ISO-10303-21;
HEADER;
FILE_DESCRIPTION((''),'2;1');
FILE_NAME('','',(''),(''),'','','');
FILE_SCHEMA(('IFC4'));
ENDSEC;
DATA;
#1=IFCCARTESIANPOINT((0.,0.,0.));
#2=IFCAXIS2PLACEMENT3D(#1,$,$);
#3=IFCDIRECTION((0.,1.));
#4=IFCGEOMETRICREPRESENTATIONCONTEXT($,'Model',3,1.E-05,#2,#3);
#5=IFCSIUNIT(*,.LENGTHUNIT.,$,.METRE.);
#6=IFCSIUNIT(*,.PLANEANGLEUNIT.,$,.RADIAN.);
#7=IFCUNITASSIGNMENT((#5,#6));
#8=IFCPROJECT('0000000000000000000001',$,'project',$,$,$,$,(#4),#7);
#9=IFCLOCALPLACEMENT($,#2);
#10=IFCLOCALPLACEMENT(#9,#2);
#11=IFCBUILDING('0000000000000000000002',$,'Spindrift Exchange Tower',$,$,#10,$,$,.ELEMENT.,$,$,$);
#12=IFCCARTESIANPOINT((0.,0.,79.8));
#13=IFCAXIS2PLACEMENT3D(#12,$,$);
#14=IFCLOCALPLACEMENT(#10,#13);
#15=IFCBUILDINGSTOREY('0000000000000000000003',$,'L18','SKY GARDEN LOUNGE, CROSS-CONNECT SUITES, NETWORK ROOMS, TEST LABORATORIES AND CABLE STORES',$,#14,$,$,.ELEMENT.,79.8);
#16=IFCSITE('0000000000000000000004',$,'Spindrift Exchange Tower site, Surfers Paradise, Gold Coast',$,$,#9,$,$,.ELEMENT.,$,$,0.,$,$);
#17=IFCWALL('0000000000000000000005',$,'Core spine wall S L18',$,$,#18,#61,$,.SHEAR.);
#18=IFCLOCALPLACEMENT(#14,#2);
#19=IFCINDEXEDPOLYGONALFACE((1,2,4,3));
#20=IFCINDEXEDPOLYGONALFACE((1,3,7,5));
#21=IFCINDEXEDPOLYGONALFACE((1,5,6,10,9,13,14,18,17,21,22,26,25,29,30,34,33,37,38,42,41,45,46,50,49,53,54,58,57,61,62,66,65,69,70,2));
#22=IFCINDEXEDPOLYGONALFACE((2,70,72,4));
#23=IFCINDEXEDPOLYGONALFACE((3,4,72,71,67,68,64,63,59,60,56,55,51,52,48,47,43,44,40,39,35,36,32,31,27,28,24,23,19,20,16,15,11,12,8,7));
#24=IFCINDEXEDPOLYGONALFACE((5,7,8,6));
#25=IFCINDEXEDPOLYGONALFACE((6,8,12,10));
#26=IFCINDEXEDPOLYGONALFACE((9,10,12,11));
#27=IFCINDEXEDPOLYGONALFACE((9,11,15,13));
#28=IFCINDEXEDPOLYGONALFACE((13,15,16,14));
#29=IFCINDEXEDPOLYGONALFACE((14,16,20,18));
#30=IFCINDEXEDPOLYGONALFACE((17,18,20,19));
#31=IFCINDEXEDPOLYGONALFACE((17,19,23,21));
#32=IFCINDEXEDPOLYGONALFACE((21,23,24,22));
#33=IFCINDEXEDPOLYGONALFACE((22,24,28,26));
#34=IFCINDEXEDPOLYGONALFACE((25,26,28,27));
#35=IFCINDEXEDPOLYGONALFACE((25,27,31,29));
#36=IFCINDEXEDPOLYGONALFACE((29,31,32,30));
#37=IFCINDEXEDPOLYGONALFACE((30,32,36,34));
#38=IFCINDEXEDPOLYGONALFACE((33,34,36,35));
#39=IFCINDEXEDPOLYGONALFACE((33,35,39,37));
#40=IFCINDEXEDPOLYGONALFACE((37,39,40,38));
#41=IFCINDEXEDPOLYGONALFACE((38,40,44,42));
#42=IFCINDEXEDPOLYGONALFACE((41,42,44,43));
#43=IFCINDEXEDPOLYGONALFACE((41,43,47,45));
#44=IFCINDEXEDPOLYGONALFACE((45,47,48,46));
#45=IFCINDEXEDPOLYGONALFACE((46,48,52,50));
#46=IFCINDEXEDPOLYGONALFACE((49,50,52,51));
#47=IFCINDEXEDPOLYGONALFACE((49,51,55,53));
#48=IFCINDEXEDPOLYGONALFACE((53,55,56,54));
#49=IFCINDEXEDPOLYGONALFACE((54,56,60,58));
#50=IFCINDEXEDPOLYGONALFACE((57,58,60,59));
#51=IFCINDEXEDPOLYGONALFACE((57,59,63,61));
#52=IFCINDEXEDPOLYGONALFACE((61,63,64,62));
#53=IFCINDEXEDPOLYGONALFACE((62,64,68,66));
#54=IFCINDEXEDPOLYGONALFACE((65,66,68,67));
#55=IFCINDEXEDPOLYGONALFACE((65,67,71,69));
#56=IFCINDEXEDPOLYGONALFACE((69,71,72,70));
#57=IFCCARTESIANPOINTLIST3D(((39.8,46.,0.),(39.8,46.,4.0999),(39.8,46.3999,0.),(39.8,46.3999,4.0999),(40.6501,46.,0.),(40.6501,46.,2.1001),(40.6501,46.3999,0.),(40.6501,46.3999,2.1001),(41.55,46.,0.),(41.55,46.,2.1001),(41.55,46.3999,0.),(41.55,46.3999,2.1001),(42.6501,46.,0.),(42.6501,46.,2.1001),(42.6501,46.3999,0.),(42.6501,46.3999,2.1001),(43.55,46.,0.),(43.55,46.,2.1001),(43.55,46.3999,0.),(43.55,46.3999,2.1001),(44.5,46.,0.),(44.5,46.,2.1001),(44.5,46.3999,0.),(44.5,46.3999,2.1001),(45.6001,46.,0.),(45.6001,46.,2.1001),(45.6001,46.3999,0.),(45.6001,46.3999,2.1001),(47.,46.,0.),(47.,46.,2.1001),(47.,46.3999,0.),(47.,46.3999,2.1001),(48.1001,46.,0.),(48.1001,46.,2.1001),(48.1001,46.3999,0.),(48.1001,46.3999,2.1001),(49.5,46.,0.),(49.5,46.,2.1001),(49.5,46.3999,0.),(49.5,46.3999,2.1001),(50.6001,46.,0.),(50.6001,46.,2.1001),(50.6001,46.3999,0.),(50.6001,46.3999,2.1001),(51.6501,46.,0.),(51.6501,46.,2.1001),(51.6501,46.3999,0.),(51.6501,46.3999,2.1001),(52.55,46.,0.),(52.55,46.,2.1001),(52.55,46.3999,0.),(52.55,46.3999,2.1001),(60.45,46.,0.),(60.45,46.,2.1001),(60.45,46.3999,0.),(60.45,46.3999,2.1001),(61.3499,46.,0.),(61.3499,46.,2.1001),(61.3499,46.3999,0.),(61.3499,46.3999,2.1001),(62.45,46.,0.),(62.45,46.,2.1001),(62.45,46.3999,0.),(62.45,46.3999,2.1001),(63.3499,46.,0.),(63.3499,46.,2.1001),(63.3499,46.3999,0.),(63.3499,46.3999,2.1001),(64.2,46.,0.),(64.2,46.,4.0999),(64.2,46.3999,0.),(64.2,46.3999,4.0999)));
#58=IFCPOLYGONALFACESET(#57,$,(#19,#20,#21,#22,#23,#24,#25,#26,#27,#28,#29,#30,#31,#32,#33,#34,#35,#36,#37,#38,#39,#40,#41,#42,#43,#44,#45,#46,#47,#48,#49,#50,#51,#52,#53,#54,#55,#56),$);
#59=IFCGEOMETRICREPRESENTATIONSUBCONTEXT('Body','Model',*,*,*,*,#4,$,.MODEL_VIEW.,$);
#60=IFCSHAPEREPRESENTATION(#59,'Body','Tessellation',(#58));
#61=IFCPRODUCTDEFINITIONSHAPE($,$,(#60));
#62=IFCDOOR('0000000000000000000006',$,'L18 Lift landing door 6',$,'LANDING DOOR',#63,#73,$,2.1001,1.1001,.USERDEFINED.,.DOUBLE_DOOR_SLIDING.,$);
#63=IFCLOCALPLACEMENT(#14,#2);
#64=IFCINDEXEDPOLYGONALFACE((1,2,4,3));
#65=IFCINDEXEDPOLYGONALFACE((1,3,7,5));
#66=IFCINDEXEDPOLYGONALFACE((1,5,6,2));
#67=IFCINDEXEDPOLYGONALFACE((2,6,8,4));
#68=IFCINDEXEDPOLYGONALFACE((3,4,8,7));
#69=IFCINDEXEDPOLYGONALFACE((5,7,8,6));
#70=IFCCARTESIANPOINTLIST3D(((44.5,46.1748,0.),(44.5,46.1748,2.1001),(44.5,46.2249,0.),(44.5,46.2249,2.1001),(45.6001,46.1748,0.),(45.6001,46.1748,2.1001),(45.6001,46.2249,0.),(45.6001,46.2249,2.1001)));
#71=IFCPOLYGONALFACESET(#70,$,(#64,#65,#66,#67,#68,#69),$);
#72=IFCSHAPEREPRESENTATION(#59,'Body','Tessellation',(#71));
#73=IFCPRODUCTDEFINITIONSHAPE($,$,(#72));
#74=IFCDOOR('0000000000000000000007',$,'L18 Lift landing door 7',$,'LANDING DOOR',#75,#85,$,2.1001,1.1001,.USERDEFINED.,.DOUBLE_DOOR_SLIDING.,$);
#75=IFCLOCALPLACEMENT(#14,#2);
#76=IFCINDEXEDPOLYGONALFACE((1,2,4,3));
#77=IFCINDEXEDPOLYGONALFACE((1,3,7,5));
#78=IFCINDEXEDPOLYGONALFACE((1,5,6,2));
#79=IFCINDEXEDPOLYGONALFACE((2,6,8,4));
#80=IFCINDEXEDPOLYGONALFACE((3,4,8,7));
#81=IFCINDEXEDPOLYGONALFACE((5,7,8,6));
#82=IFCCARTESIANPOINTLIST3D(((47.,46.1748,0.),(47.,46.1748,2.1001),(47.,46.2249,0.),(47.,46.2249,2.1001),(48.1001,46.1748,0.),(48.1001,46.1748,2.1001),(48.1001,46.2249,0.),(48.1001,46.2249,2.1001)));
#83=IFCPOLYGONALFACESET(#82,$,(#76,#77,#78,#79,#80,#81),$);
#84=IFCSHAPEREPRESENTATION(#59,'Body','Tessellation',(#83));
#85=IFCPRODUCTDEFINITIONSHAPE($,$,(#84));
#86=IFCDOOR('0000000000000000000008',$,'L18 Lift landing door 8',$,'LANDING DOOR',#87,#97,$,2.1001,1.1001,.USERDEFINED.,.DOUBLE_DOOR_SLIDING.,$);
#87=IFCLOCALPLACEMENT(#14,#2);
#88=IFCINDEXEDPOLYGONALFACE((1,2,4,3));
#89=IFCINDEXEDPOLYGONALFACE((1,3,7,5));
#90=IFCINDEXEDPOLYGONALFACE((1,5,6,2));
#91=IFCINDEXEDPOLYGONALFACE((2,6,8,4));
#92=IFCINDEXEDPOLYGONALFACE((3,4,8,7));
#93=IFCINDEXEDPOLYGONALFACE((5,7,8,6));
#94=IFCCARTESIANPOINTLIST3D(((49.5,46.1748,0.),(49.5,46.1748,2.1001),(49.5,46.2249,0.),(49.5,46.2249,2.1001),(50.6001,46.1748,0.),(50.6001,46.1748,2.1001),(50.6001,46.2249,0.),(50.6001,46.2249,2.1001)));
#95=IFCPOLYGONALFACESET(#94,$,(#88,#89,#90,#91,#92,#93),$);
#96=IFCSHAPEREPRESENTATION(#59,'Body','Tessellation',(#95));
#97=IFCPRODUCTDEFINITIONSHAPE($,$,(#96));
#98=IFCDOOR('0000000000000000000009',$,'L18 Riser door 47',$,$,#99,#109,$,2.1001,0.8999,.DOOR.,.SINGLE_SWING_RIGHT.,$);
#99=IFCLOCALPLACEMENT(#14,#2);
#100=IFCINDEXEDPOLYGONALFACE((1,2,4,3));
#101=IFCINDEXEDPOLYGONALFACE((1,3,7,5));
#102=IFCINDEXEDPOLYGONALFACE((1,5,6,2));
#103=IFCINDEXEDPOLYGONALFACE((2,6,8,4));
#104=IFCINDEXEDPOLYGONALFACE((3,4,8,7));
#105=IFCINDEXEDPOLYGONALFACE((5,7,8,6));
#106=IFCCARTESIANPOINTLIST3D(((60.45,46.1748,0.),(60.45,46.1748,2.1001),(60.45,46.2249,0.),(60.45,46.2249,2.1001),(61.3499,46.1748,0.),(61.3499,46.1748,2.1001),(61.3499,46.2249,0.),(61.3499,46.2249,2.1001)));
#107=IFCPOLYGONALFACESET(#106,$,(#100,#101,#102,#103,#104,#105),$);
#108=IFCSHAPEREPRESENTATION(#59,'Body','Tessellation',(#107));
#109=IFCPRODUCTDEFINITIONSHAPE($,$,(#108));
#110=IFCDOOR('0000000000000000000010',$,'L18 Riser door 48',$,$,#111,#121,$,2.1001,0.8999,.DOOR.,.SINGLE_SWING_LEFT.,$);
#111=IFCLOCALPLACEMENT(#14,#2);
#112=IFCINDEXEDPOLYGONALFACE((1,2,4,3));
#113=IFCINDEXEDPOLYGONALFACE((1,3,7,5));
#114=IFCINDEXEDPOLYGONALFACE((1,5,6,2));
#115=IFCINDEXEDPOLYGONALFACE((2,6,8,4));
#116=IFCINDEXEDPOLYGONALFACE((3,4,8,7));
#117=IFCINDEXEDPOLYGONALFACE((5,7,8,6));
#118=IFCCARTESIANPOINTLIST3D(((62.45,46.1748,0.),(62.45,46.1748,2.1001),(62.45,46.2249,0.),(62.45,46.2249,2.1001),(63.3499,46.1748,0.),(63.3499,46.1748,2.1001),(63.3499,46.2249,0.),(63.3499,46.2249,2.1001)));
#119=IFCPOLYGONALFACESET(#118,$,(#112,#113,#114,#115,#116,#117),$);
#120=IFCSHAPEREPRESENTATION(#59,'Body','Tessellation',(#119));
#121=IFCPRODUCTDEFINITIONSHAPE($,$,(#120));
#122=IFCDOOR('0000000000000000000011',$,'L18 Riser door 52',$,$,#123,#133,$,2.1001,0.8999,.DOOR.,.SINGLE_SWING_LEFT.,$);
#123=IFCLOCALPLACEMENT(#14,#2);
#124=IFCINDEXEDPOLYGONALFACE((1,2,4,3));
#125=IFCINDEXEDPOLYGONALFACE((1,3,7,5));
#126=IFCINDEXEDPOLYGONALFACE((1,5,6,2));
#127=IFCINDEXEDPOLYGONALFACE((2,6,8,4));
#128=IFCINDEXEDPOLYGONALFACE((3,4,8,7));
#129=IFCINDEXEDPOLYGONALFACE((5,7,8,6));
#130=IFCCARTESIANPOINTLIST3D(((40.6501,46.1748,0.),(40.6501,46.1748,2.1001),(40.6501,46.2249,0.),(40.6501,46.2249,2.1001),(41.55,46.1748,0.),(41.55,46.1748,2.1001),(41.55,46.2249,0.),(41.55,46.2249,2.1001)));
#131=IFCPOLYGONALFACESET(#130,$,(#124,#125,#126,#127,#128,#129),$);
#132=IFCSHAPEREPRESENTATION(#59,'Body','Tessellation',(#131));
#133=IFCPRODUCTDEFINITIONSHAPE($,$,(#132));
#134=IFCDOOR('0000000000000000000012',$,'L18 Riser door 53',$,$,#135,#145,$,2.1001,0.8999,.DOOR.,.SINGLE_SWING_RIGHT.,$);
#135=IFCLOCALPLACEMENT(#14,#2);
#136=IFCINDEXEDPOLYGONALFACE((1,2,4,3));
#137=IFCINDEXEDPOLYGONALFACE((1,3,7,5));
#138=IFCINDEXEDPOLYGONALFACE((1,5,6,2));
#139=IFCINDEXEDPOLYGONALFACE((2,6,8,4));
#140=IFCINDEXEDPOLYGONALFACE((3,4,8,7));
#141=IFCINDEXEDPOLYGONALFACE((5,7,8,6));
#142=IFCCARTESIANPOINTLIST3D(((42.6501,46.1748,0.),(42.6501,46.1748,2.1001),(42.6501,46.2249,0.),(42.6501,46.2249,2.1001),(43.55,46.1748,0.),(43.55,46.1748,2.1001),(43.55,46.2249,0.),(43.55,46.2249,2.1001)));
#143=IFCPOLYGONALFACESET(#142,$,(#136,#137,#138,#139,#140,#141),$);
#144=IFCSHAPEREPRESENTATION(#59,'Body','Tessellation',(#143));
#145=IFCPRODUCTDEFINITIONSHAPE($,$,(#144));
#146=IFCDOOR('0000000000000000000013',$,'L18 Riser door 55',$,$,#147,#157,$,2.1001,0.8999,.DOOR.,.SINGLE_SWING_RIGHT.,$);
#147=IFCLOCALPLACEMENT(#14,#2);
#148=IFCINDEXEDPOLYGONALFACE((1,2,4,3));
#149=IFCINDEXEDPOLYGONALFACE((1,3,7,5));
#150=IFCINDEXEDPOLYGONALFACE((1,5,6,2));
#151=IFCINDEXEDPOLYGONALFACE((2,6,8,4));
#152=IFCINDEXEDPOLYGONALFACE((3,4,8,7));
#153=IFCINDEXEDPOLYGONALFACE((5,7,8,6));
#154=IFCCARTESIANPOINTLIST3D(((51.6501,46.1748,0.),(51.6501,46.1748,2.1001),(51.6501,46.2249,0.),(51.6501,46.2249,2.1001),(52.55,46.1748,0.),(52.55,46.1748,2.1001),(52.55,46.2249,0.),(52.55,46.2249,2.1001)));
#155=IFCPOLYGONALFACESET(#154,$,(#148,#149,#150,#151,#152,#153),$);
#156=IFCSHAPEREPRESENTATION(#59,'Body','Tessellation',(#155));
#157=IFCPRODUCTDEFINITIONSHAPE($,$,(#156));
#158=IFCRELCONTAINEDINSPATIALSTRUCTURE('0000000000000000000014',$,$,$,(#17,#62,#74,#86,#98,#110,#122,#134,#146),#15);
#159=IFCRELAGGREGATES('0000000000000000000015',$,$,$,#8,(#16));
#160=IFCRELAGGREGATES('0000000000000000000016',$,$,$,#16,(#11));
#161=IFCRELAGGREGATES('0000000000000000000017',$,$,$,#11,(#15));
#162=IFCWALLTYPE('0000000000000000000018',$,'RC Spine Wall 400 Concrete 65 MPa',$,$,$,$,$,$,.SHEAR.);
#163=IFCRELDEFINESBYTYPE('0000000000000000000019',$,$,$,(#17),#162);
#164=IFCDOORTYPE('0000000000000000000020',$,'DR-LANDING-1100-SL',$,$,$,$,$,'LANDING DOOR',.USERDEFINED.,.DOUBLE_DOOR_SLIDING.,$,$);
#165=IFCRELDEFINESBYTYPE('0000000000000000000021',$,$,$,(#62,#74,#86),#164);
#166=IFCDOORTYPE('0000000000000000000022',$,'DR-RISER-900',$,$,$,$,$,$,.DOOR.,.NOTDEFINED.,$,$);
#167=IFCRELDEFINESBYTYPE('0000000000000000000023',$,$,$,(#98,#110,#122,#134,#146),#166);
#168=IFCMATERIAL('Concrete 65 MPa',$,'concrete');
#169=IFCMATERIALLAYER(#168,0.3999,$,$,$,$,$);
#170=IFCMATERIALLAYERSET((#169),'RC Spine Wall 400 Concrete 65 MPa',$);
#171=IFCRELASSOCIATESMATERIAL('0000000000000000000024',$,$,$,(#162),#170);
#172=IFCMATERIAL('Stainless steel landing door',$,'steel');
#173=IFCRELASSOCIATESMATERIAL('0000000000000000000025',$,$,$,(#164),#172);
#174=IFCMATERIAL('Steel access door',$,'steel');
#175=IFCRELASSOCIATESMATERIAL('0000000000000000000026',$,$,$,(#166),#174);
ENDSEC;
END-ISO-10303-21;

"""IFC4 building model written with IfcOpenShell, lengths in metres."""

from ifc_helpers import new_model, si_unit, direction, frame, frame_2d, origin, place, context, subcontext, project, spatial, rectangle, extrude, source, transform, mapped, material, layer, layer_set, type_object, element, fill, save


model = new_model("IFC4")

# Units and contexts
model_context = context("Model", 3, precision=1e-05, world=origin(), true_north=direction((0.0, 1.0)))
body_context = subcontext(model_context, "Body", "Model", "MODEL_VIEW")
ifc_project = project(units=[si_unit("LENGTHUNIT", "METRE"), si_unit("PLANEANGLEUNIT", "RADIAN")], contexts=[model_context])

# Site, building, storey
site_placement = place(None, origin())
site = spatial("IfcSite", under=ifc_project, at=site_placement, Name="Spindrift Exchange Tower site, Surfers Paradise, Gold Coast", CompositionType="ELEMENT", RefElevation=0.0)
building_placement = place(site_placement, origin())
building = spatial("IfcBuilding", under=site, at=building_placement, Name="Spindrift Exchange Tower", CompositionType="ELEMENT")
storey_placement = place(building_placement, frame((0.0, 0.0, 79.8)))
storey = spatial("IfcBuildingStorey", under=building, at=storey_placement, Name="L18", Description="SKY GARDEN LOUNGE, CROSS-CONNECT SUITES, NETWORK ROOMS, TEST LABORATORIES AND CABLE STORES", CompositionType="ELEMENT", Elevation=79.8)

# Shared definitions
ifc_material_1 = material(Name="Concrete 65 MPa", Category="concrete")

# Wall, openings, doors
ifc_layer_1 = layer(ifc_material_1, 0.3999)
ifc_layer_set_1 = layer_set([ifc_layer_1], Name="RC Spine Wall 400 Concrete 65 MPa")
wall_type_1 = type_object("IfcWallType", Name="RC Spine Wall 400 Concrete 65 MPa", PredefinedType="SHEAR", material=ifc_layer_set_1)
wall_1_placement = place(storey_placement, frame((39.8, 46.2, 0.0), z_axis=(0.0, 0.0, 1.0), x_axis=(1.0, 0.0, 0.0)))
wall_1 = element("IfcWall", 1, at=wall_1_placement, inside=storey, type_object=wall_type_1, Name="Core spine wall S L18", PredefinedType="SHEAR", context=body_context, shape_type="SweptSolid", body=[
    extrude(rectangle(XDim=24.3999, YDim=0.3999, at=frame_2d((12.2, 0.0))), origin(), (0.0, 0.0, 1.0), 4.0999),
])
opening_1_placement = place(wall_1_placement, frame((4.7, 0.0, 0.0)))
opening_1 = element("IfcOpeningElement", 2, at=opening_1_placement, cuts=wall_1, PredefinedType="OPENING", context=body_context, shape_type="SweptSolid", body=[
    extrude(rectangle(XDim=1.1001, YDim=2.1001, at=frame_2d((0.55, 1.05))), frame((0.0, 0.21, 0.0), z_axis=(0.0, -1.0, 0.0), x_axis=(1.0, 0.0, 0.0)), (0.0, 0.0, 1.0), 0.4199),
])
opening_2_placement = place(wall_1_placement, frame((7.2, 0.0, 0.0)))
opening_2 = element("IfcOpeningElement", 3, at=opening_2_placement, cuts=wall_1, PredefinedType="OPENING", context=body_context, shape_type="SweptSolid", body=[
    extrude(rectangle(XDim=1.1001, YDim=2.1001, at=frame_2d((0.55, 1.05))), frame((0.0, 0.21, 0.0), z_axis=(0.0, -1.0, 0.0), x_axis=(1.0, 0.0, 0.0)), (0.0, 0.0, 1.0), 0.4199),
])
opening_3_placement = place(wall_1_placement, frame((9.7, 0.0, 0.0)))
opening_3 = element("IfcOpeningElement", 4, at=opening_3_placement, cuts=wall_1, PredefinedType="OPENING", context=body_context, shape_type="SweptSolid", body=[
    extrude(rectangle(XDim=1.1001, YDim=2.1001, at=frame_2d((0.55, 1.05))), frame((0.0, 0.21, 0.0), z_axis=(0.0, -1.0, 0.0), x_axis=(1.0, 0.0, 0.0)), (0.0, 0.0, 1.0), 0.4199),
])
opening_4_placement = place(wall_1_placement, frame((20.6499, 0.0, 0.0)))
opening_4 = element("IfcOpeningElement", 5, at=opening_4_placement, cuts=wall_1, PredefinedType="OPENING", context=body_context, shape_type="SweptSolid", body=[
    extrude(rectangle(XDim=0.8999, YDim=2.1001, at=frame_2d((0.45, 1.05))), frame((0.0, 0.21, 0.0), z_axis=(0.0, -1.0, 0.0), x_axis=(1.0, 0.0, 0.0)), (0.0, 0.0, 1.0), 0.4199),
])
opening_5_placement = place(wall_1_placement, frame((22.6499, 0.0, 0.0)))
opening_5 = element("IfcOpeningElement", 6, at=opening_5_placement, cuts=wall_1, PredefinedType="OPENING", context=body_context, shape_type="SweptSolid", body=[
    extrude(rectangle(XDim=0.8999, YDim=2.1001, at=frame_2d((0.45, 1.05))), frame((0.0, 0.21, 0.0), z_axis=(0.0, -1.0, 0.0), x_axis=(1.0, 0.0, 0.0)), (0.0, 0.0, 1.0), 0.4199),
])
opening_6_placement = place(wall_1_placement, frame((0.8501, 0.0, 0.0)))
opening_6 = element("IfcOpeningElement", 7, at=opening_6_placement, cuts=wall_1, PredefinedType="OPENING", context=body_context, shape_type="SweptSolid", body=[
    extrude(rectangle(XDim=0.8999, YDim=2.1001, at=frame_2d((0.45, 1.05))), frame((0.0, 0.21, 0.0), z_axis=(0.0, -1.0, 0.0), x_axis=(1.0, 0.0, 0.0)), (0.0, 0.0, 1.0), 0.4199),
])
opening_7_placement = place(wall_1_placement, frame((2.8501, 0.0, 0.0)))
opening_7 = element("IfcOpeningElement", 8, at=opening_7_placement, cuts=wall_1, PredefinedType="OPENING", context=body_context, shape_type="SweptSolid", body=[
    extrude(rectangle(XDim=0.8999, YDim=2.1001, at=frame_2d((0.45, 1.05))), frame((0.0, 0.21, 0.0), z_axis=(0.0, -1.0, 0.0), x_axis=(1.0, 0.0, 0.0)), (0.0, 0.0, 1.0), 0.4199),
])
opening_8_placement = place(wall_1_placement, frame((11.8501, 0.0, 0.0)))
opening_8 = element("IfcOpeningElement", 9, at=opening_8_placement, cuts=wall_1, PredefinedType="OPENING", context=body_context, shape_type="SweptSolid", body=[
    extrude(rectangle(XDim=0.8999, YDim=2.1001, at=frame_2d((0.45, 1.05))), frame((0.0, 0.21, 0.0), z_axis=(0.0, -1.0, 0.0), x_axis=(1.0, 0.0, 0.0)), (0.0, 0.0, 1.0), 0.4199),
])
ifc_material_2 = material(Name="Stainless steel landing door", Category="steel")
door_type_1 = type_object("IfcDoorType", Name="DR-LANDING-1100-SL", ElementType="LANDING DOOR", OperationType="DOUBLE_DOOR_SLIDING", PredefinedType="USERDEFINED", material=ifc_material_2)
shared_shape_1 = source(origin(), body_context, "Body", "SweptSolid", [
    extrude(rectangle(XDim=1.1001, YDim=2.1001, at=frame_2d((0.55, 1.05))), frame((0.0, 0.0249, 0.0), z_axis=(0.0, -1.0, 0.0), x_axis=(1.0, 0.0, 0.0)), (0.0, 0.0, 1.0), 0.05),
])
door_1_placement = place(opening_1_placement, origin())
door_1 = element("IfcDoor", 10, at=door_1_placement, inside=storey, type_object=door_type_1, Name="L18 Lift landing door 6", ObjectType="LANDING DOOR", OperationType="DOUBLE_DOOR_SLIDING", OverallHeight=2.1001, OverallWidth=1.1001, PredefinedType="USERDEFINED", context=body_context, shape_type="MappedRepresentation", body=[
    mapped(shared_shape_1, transform((0.0, 0.0, 0.0), scale=1.0)),
])
fill(opening_1, door_1)
door_2_placement = place(opening_2_placement, origin())
door_2 = element("IfcDoor", 11, at=door_2_placement, inside=storey, type_object=door_type_1, Name="L18 Lift landing door 7", ObjectType="LANDING DOOR", OperationType="DOUBLE_DOOR_SLIDING", OverallHeight=2.1001, OverallWidth=1.1001, PredefinedType="USERDEFINED", context=body_context, shape_type="MappedRepresentation", body=[
    mapped(shared_shape_1, transform((0.0, 0.0, 0.0), scale=1.0)),
])
fill(opening_2, door_2)
door_3_placement = place(opening_3_placement, origin())
door_3 = element("IfcDoor", 12, at=door_3_placement, inside=storey, type_object=door_type_1, Name="L18 Lift landing door 8", ObjectType="LANDING DOOR", OperationType="DOUBLE_DOOR_SLIDING", OverallHeight=2.1001, OverallWidth=1.1001, PredefinedType="USERDEFINED", context=body_context, shape_type="MappedRepresentation", body=[
    mapped(shared_shape_1, transform((0.0, 0.0, 0.0), scale=1.0)),
])
fill(opening_3, door_3)
ifc_material_3 = material(Name="Steel access door", Category="steel")
door_type_2 = type_object("IfcDoorType", Name="DR-RISER-900", OperationType="NOTDEFINED", PredefinedType="DOOR", material=ifc_material_3)
shared_shape_2 = source(origin(), body_context, "Body", "SweptSolid", [
    extrude(rectangle(XDim=0.8999, YDim=2.1001, at=frame_2d((0.45, 1.05))), frame((0.0, 0.0249, 0.0), z_axis=(0.0, -1.0, 0.0), x_axis=(1.0, 0.0, 0.0)), (0.0, 0.0, 1.0), 0.05),
])
door_4_placement = place(opening_4_placement, origin())
door_4 = element("IfcDoor", 13, at=door_4_placement, inside=storey, type_object=door_type_2, Name="L18 Riser door 47", OperationType="SINGLE_SWING_RIGHT", OverallHeight=2.1001, OverallWidth=0.8999, PredefinedType="DOOR", context=body_context, shape_type="MappedRepresentation", body=[
    mapped(shared_shape_2, transform((0.0, 0.0, 0.0), scale=1.0)),
])
fill(opening_4, door_4)
door_5_placement = place(opening_5_placement, origin())
door_5 = element("IfcDoor", 14, at=door_5_placement, inside=storey, type_object=door_type_2, Name="L18 Riser door 48", OperationType="SINGLE_SWING_LEFT", OverallHeight=2.1001, OverallWidth=0.8999, PredefinedType="DOOR", context=body_context, shape_type="MappedRepresentation", body=[
    mapped(shared_shape_2, transform((0.0, 0.0, 0.0), scale=1.0)),
])
fill(opening_5, door_5)
door_6_placement = place(opening_6_placement, origin())
door_6 = element("IfcDoor", 15, at=door_6_placement, inside=storey, type_object=door_type_2, Name="L18 Riser door 52", OperationType="SINGLE_SWING_LEFT", OverallHeight=2.1001, OverallWidth=0.8999, PredefinedType="DOOR", context=body_context, shape_type="MappedRepresentation", body=[
    mapped(shared_shape_2, transform((0.0, 0.0, 0.0), scale=1.0)),
])
fill(opening_6, door_6)
door_7_placement = place(opening_7_placement, origin())
door_7 = element("IfcDoor", 16, at=door_7_placement, inside=storey, type_object=door_type_2, Name="L18 Riser door 53", OperationType="SINGLE_SWING_RIGHT", OverallHeight=2.1001, OverallWidth=0.8999, PredefinedType="DOOR", context=body_context, shape_type="MappedRepresentation", body=[
    mapped(shared_shape_2, transform((0.0, 0.0, 0.0), scale=1.0)),
])
fill(opening_7, door_7)
door_8_placement = place(opening_8_placement, origin())
door_8 = element("IfcDoor", 17, at=door_8_placement, inside=storey, type_object=door_type_2, Name="L18 Riser door 55", OperationType="SINGLE_SWING_RIGHT", OverallHeight=2.1001, OverallWidth=0.8999, PredefinedType="DOOR", context=body_context, shape_type="MappedRepresentation", body=[
    mapped(shared_shape_2, transform((0.0, 0.0, 0.0), scale=1.0)),
])
fill(opening_8, door_8)

save(model, "model.ifc")
